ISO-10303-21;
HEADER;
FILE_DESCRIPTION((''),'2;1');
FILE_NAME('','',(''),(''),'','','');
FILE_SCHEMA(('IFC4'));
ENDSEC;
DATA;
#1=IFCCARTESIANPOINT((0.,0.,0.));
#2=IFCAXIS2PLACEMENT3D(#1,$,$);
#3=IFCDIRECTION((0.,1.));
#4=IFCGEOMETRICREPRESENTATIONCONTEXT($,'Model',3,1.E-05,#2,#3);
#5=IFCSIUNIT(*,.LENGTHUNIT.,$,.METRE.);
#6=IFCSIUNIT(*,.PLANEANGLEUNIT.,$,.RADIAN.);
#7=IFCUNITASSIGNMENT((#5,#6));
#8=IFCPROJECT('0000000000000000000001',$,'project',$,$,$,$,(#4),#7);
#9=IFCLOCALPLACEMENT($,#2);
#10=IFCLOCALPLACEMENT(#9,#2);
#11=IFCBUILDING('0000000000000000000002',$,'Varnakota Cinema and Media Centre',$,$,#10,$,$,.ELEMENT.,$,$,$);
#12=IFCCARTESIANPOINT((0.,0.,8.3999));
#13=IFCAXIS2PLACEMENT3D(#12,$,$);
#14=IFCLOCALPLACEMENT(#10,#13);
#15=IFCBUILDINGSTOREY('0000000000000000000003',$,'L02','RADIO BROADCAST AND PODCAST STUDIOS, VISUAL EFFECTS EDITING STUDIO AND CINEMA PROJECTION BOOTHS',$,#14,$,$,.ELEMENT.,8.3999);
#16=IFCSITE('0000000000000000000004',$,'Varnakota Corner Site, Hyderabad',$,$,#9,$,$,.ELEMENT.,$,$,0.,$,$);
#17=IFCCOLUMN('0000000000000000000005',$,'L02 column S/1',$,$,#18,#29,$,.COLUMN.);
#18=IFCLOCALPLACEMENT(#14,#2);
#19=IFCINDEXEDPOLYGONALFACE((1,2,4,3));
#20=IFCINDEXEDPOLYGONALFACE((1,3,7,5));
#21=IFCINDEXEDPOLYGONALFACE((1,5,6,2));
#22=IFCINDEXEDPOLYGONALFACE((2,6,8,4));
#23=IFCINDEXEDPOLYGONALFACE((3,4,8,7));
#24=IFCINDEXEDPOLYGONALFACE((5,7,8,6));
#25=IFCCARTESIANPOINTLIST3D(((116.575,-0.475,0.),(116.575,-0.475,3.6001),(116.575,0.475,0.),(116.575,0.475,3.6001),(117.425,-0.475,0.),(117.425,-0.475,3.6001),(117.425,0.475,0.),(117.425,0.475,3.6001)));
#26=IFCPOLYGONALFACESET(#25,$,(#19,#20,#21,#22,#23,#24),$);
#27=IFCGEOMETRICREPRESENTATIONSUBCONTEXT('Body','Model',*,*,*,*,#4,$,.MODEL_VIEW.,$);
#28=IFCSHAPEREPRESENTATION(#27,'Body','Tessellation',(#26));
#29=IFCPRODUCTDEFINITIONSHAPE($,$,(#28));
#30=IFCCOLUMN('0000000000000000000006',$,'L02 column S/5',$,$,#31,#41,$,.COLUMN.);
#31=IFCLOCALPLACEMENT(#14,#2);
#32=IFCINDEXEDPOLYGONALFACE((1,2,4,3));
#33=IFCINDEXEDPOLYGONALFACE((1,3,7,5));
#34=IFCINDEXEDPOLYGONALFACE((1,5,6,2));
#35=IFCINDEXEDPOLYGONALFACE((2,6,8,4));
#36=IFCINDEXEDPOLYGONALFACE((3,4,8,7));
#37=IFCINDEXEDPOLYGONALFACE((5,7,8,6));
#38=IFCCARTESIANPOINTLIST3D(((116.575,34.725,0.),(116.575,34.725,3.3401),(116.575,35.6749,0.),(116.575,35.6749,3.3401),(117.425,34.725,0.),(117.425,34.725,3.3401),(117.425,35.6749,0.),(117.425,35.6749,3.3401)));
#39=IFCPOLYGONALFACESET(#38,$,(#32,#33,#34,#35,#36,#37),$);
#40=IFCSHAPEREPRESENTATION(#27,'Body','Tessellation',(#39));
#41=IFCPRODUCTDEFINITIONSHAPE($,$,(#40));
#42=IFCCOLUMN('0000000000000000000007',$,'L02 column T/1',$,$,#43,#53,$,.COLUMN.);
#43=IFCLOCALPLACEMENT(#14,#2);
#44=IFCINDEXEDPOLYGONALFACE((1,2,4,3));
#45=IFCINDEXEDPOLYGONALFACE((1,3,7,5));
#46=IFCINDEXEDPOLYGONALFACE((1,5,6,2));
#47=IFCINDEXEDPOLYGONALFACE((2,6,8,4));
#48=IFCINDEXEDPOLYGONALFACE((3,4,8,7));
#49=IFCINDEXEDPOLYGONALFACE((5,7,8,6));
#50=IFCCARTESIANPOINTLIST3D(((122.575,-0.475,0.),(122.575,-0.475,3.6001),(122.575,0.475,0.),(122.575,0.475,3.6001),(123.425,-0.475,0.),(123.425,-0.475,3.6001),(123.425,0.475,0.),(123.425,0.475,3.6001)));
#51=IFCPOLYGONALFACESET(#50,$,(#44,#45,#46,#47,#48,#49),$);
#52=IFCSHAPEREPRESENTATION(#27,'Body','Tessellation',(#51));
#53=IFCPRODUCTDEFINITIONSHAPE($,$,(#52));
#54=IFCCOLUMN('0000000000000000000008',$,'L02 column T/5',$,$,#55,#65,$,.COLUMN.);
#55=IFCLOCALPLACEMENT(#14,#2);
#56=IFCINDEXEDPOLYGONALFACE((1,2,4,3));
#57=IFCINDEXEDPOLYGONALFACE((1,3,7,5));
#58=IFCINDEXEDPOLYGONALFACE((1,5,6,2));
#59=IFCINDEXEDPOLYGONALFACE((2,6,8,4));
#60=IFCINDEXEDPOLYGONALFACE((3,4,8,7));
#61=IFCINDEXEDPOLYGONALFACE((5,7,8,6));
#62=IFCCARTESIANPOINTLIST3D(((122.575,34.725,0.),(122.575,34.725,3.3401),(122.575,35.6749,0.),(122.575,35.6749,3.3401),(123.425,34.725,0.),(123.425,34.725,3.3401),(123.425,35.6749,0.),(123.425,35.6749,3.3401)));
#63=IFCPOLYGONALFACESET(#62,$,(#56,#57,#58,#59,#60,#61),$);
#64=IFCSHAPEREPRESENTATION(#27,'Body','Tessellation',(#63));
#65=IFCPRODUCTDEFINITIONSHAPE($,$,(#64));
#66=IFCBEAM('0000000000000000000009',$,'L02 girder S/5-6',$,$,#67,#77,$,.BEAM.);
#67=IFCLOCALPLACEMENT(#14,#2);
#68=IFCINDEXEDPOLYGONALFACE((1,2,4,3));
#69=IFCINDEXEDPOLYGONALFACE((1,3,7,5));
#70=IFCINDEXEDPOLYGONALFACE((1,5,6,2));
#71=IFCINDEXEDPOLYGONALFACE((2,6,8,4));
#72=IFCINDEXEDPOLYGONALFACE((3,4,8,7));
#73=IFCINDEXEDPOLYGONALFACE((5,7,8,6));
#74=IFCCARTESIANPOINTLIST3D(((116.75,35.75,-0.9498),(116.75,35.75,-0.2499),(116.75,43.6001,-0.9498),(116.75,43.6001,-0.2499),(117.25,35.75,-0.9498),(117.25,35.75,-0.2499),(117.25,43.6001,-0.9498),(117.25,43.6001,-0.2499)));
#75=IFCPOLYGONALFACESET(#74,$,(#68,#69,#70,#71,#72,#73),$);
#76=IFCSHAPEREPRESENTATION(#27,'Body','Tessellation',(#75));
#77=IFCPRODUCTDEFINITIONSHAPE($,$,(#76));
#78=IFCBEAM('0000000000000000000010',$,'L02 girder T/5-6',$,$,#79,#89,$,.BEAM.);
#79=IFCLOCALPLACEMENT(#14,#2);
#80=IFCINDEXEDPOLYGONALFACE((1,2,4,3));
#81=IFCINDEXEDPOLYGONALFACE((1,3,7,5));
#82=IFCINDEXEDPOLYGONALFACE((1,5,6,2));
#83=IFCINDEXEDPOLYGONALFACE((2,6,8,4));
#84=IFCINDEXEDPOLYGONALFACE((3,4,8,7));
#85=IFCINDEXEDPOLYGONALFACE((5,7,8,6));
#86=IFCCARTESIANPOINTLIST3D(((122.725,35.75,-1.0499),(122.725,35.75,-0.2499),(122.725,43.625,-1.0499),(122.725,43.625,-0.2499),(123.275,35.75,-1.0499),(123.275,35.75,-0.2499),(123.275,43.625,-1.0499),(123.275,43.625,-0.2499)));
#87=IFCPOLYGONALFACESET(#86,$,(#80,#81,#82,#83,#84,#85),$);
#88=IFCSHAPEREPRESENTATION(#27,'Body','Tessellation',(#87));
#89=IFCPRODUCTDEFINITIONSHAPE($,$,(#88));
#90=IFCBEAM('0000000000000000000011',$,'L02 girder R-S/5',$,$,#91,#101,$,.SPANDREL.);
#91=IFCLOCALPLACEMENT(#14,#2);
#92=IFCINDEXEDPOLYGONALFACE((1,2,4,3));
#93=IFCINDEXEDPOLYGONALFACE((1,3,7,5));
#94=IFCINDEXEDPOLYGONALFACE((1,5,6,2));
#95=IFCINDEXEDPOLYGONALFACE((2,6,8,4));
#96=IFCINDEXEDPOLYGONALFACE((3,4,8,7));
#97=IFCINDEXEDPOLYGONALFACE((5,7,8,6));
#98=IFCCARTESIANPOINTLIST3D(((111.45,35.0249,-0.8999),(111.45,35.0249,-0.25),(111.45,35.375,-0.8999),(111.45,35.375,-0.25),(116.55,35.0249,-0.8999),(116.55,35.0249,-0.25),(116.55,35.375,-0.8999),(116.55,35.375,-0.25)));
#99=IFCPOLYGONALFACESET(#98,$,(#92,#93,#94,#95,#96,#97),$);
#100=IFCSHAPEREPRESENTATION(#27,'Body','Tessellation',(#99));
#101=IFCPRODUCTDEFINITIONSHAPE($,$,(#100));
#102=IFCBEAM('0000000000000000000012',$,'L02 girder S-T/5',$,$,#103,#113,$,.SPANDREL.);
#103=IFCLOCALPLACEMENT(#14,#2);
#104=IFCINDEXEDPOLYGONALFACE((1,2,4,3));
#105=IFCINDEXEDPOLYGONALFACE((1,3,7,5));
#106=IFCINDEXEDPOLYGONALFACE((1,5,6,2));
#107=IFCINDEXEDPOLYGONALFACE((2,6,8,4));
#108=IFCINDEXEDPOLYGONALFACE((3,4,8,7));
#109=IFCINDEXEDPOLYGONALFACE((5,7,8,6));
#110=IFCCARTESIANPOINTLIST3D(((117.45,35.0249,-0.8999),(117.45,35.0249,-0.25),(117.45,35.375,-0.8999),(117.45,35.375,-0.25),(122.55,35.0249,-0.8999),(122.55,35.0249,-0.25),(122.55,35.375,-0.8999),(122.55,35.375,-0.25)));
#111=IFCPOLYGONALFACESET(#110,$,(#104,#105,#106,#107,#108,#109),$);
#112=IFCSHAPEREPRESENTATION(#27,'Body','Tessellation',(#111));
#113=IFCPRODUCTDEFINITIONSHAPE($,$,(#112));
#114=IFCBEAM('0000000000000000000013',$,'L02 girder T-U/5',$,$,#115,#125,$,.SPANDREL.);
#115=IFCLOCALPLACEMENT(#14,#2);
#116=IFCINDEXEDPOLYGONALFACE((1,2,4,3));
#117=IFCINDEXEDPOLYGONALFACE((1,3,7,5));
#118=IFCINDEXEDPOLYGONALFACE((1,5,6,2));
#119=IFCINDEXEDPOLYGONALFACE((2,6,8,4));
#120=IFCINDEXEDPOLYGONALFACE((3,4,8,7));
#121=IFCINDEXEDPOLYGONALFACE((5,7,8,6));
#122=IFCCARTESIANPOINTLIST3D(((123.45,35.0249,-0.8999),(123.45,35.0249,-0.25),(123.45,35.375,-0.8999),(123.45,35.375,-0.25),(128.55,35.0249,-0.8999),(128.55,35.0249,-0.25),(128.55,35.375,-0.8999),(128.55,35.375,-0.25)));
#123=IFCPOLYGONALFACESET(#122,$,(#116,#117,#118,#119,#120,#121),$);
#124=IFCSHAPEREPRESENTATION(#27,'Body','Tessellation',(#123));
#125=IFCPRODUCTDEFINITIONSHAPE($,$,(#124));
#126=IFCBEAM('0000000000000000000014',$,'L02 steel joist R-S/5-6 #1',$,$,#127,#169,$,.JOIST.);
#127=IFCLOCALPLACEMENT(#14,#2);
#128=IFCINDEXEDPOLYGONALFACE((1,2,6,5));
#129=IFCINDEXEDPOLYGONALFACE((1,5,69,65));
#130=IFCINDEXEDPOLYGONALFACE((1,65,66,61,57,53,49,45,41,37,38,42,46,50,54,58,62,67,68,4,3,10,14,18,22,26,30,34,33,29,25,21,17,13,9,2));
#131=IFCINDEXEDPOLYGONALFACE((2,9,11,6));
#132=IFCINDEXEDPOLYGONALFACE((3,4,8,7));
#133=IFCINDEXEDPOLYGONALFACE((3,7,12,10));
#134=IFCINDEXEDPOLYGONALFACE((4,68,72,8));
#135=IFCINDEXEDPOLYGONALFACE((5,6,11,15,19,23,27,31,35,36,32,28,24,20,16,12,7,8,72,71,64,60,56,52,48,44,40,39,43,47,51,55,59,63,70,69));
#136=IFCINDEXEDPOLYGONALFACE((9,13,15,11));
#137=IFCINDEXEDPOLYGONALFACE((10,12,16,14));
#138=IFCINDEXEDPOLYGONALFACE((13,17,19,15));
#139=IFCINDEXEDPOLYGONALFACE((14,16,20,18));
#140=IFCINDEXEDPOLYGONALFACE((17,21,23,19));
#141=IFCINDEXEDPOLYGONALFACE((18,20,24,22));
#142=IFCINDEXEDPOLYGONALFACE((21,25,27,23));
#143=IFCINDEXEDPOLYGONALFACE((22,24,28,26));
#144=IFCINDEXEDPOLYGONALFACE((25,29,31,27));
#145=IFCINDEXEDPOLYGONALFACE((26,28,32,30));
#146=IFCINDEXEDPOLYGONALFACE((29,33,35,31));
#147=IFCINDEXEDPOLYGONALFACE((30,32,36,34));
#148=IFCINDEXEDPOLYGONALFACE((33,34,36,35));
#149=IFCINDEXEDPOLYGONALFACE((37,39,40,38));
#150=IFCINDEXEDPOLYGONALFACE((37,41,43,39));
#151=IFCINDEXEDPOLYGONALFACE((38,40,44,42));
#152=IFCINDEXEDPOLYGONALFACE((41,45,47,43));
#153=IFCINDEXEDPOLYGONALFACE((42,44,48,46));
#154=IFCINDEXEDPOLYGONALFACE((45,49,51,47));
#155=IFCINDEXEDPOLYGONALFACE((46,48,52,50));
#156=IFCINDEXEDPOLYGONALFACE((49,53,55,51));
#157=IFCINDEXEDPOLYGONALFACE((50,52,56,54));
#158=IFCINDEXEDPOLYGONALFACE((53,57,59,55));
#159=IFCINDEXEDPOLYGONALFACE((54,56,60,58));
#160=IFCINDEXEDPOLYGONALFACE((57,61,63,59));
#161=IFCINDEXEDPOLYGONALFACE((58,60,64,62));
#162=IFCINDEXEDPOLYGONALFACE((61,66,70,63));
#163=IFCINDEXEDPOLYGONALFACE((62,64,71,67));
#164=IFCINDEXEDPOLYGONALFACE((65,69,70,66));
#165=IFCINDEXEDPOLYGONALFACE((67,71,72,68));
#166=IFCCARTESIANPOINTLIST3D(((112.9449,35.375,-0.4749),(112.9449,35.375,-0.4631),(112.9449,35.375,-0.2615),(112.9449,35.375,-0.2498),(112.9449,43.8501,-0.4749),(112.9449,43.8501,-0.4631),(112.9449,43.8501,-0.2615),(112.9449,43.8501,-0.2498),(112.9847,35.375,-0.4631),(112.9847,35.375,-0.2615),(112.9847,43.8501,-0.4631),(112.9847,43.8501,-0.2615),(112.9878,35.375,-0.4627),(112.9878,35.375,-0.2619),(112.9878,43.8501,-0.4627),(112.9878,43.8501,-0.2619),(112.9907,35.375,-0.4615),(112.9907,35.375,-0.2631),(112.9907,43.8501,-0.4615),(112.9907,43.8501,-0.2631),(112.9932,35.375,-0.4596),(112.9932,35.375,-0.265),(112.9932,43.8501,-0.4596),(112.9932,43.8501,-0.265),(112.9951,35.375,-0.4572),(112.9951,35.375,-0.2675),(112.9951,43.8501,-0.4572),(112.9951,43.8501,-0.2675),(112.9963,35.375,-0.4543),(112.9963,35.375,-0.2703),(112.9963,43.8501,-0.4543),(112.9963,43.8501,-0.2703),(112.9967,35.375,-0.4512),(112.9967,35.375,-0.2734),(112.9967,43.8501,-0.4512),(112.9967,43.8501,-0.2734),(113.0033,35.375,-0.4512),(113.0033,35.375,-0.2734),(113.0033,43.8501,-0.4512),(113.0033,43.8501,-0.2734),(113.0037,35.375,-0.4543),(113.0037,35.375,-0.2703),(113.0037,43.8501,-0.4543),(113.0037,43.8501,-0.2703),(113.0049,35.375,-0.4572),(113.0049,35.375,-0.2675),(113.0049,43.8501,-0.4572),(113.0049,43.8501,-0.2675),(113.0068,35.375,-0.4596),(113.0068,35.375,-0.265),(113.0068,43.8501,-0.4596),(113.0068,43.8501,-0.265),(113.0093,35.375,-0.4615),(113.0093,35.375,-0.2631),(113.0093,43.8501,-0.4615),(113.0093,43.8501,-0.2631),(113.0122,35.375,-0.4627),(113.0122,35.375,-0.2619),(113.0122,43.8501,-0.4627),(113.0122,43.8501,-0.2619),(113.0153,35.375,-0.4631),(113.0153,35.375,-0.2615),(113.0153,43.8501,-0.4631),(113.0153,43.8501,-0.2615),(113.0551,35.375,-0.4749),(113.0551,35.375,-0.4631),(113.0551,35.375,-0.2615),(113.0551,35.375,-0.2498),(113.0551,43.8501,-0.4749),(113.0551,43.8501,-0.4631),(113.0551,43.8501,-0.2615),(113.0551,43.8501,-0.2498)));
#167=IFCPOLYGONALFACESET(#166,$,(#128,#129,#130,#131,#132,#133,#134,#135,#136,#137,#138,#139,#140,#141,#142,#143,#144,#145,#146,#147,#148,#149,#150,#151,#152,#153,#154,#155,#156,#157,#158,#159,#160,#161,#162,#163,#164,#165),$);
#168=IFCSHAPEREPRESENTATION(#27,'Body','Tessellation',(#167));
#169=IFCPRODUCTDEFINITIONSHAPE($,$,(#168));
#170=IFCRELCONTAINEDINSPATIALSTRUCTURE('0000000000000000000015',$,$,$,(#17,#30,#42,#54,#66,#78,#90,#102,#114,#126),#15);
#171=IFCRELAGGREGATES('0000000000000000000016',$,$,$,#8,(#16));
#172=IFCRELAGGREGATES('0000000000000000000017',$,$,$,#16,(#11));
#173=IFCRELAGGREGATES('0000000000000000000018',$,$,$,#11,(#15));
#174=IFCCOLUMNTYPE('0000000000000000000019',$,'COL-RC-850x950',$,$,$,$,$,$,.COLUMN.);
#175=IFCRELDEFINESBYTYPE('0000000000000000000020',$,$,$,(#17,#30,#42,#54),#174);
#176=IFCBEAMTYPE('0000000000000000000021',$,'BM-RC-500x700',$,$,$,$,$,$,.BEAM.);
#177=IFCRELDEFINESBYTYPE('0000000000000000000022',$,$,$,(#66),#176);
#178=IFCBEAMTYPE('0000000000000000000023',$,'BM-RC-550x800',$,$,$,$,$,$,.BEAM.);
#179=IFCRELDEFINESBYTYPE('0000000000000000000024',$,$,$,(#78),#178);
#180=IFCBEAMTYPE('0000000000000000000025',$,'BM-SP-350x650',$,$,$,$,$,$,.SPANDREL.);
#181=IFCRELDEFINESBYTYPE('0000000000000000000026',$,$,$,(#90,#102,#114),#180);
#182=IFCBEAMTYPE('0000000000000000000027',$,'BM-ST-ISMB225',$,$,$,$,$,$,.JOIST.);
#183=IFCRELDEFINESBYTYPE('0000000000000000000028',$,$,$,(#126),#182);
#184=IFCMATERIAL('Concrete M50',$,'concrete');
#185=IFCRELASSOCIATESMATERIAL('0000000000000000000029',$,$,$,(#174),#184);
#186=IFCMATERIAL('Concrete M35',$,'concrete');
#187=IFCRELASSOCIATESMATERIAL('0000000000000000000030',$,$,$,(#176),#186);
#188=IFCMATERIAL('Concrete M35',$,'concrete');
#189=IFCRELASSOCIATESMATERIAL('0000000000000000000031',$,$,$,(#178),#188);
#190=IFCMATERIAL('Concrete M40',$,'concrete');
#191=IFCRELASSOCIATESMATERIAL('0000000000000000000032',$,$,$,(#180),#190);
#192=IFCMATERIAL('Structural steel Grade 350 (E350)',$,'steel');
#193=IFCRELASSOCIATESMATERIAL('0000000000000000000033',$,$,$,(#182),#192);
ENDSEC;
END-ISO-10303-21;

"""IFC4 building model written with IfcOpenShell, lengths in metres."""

from ifc_helpers import new_model, si_unit, direction, frame, origin, origin_2d, place, context, subcontext, project, spatial, rectangle, i_section, extrude, material, material_profile, profile_set, type_object, element, save


model = new_model("IFC4")

# Units and contexts
model_context = context("Model", 3, precision=1e-05, world=origin(), true_north=direction((0.0, 1.0)))
body_context = subcontext(model_context, "Body", "Model", "MODEL_VIEW")
ifc_project = project(units=[si_unit("LENGTHUNIT", "METRE"), si_unit("PLANEANGLEUNIT", "RADIAN")], contexts=[model_context])

# Site, building, storey
site_placement = place(None, origin())
site = spatial("IfcSite", under=ifc_project, at=site_placement, Name="Varnakota Corner Site, Hyderabad", CompositionType="ELEMENT", RefElevation=0.0)
building_placement = place(site_placement, origin())
building = spatial("IfcBuilding", under=site, at=building_placement, Name="Varnakota Cinema and Media Centre", CompositionType="ELEMENT")
storey_placement = place(building_placement, frame((0.0, 0.0, 8.3999)))
storey = spatial("IfcBuildingStorey", under=building, at=storey_placement, Name="L02", Description="RADIO BROADCAST AND PODCAST STUDIOS, VISUAL EFFECTS EDITING STUDIO AND CINEMA PROJECTION BOOTHS", CompositionType="ELEMENT", Elevation=8.3999)

# Columns
ifc_material_1 = material(Name="Concrete M50", Category="concrete")
ifc_material_profile_1 = material_profile(ifc_material_1, rectangle(XDim=0.8501, YDim=0.95, at=origin_2d()), Name="RC 850x950")
ifc_profile_set_1 = profile_set([ifc_material_profile_1], Name="Concrete M50")
column_type = type_object("IfcColumnType", Name="COL-RC-850x950", PredefinedType="COLUMN", material=ifc_profile_set_1)
column_1_placement = place(storey_placement, frame((117.0, 0.0, 0.0), z_axis=(0.0, 0.0, 1.0), x_axis=(1.0, 0.0, 0.0)))
element("IfcColumn", 1, at=column_1_placement, inside=storey, type_object=column_type, Name="L02 column S/1", PredefinedType="COLUMN", context=body_context, shape_type="SweptSolid", body=[
    extrude(rectangle(XDim=0.8501, YDim=0.95, at=origin_2d()), origin(), (0.0, 0.0, 1.0), 3.6001),
])
column_2_placement = place(storey_placement, frame((117.0, 35.2, 0.0), z_axis=(0.0, 0.0, 1.0), x_axis=(1.0, 0.0, 0.0)))
element("IfcColumn", 2, at=column_2_placement, inside=storey, type_object=column_type, Name="L02 column S/5", PredefinedType="COLUMN", context=body_context, shape_type="SweptSolid", body=[
    extrude(rectangle(XDim=0.8501, YDim=0.95, at=origin_2d()), origin(), (0.0, 0.0, 1.0), 3.3401),
])
column_3_placement = place(storey_placement, frame((123.0, 0.0, 0.0), z_axis=(0.0, 0.0, 1.0), x_axis=(1.0, 0.0, 0.0)))
element("IfcColumn", 3, at=column_3_placement, inside=storey, type_object=column_type, Name="L02 column T/1", PredefinedType="COLUMN", context=body_context, shape_type="SweptSolid", body=[
    extrude(rectangle(XDim=0.8501, YDim=0.95, at=origin_2d()), origin(), (0.0, 0.0, 1.0), 3.6001),
])
column_4_placement = place(storey_placement, frame((123.0, 35.2, 0.0), z_axis=(0.0, 0.0, 1.0), x_axis=(1.0, 0.0, 0.0)))
element("IfcColumn", 4, at=column_4_placement, inside=storey, type_object=column_type, Name="L02 column T/5", PredefinedType="COLUMN", context=body_context, shape_type="SweptSolid", body=[
    extrude(rectangle(XDim=0.8501, YDim=0.95, at=origin_2d()), origin(), (0.0, 0.0, 1.0), 3.3401),
])

# Beams
ifc_material_2 = material(Name="Concrete M35", Category="concrete")
ifc_material_profile_2 = material_profile(ifc_material_2, rectangle(XDim=0.5, YDim=0.7, at=origin_2d()), Name="RCB 500x700")
ifc_profile_set_2 = profile_set([ifc_material_profile_2], Name="Concrete M35")
beam_type_1 = type_object("IfcBeamType", Name="BM-RC-500x700", PredefinedType="BEAM", material=ifc_profile_set_2)
beam_1_placement = place(storey_placement, frame((117.0, 35.75, -0.5999), z_axis=(0.0, 1.0, 0.0), x_axis=(-1.0, 0.0, 0.0)))
element("IfcBeam", 5, at=beam_1_placement, inside=storey, type_object=beam_type_1, Name="L02 girder S/5-6", PredefinedType="BEAM", context=body_context, shape_type="SweptSolid", body=[
    extrude(rectangle(XDim=0.5, YDim=0.7, at=origin_2d()), origin(), (0.0, 0.0, 1.0), 7.8501),
])
ifc_material_3 = material(Name="Concrete M35", Category="concrete")
ifc_material_profile_3 = material_profile(ifc_material_3, rectangle(XDim=0.55, YDim=0.8, at=origin_2d()), Name="RCB 550x800")
ifc_profile_set_3 = profile_set([ifc_material_profile_3], Name="Concrete M35")
beam_type_2 = type_object("IfcBeamType", Name="BM-RC-550x800", PredefinedType="BEAM", material=ifc_profile_set_3)
beam_2_placement = place(storey_placement, frame((123.0, 35.75, -0.6499), z_axis=(0.0, 1.0, 0.0), x_axis=(-1.0, 0.0, 0.0)))
element("IfcBeam", 6, at=beam_2_placement, inside=storey, type_object=beam_type_2, Name="L02 girder T/5-6", PredefinedType="BEAM", context=body_context, shape_type="SweptSolid", body=[
    extrude(rectangle(XDim=0.55, YDim=0.8, at=origin_2d()), origin(), (0.0, 0.0, 1.0), 7.875),
])
ifc_material_4 = material(Name="Concrete M40", Category="concrete")
ifc_material_profile_4 = material_profile(ifc_material_4, rectangle(XDim=0.3501, YDim=0.6499, at=origin_2d()), Name="RCB 350x650")
ifc_profile_set_4 = profile_set([ifc_material_profile_4], Name="Concrete M40")
beam_type_3 = type_object("IfcBeamType", Name="BM-SP-350x650", PredefinedType="SPANDREL", material=ifc_profile_set_4)
for number, where, z_axis, x_axis, name in (
    (7, (111.45, 35.2, -0.575), (1.0, 0.0, 0.0), (0.0, 1.0, 0.0), "L02 girder R-S/5"),
    (8, (117.45, 35.2, -0.575), (1.0, 0.0, 0.0), (0.0, 1.0, 0.0), "L02 girder S-T/5"),
    (9, (123.45, 35.2, -0.575), (1.0, 0.0, 0.0), (0.0, 1.0, 0.0), "L02 girder T-U/5"),
):
    element("IfcBeam", number, at=place(storey_placement, frame(where, z_axis=z_axis, x_axis=x_axis)), inside=storey, type_object=beam_type_3, Name=name, PredefinedType="SPANDREL", context=body_context, shape_type="SweptSolid", body=[
        extrude(rectangle(XDim=0.3501, YDim=0.6499, at=origin_2d()), origin(), (0.0, 0.0, 1.0), 5.1001),
    ])
ifc_material_5 = material(Name="Structural steel Grade 350 (E350)", Category="steel")
ifc_material_profile_5 = material_profile(ifc_material_5, i_section(OverallWidth=0.1101, OverallDepth=0.2251, WebThickness=0.0066, FlangeThickness=0.0117, FilletRadius=0.012, at=origin_2d()), Name="ISMB 225")
ifc_profile_set_5 = profile_set([ifc_material_profile_5], Name="Structural steel Grade 350 (E350)")
beam_type_4 = type_object("IfcBeamType", Name="BM-ST-ISMB225", PredefinedType="JOIST", material=ifc_profile_set_5)
for number, where, z_axis, x_axis, name in (
    (10, (113.0, 35.375, -0.3623), (0.0, 1.0, 0.0), (-1.0, 0.0, 0.0), "L02 steel joist R-S/5-6 #1"),
):
    element("IfcBeam", number, at=place(storey_placement, frame(where, z_axis=z_axis, x_axis=x_axis)), inside=storey, type_object=beam_type_4, Name=name, PredefinedType="JOIST", context=body_context, shape_type="SweptSolid", body=[
        extrude(i_section(OverallWidth=0.1101, OverallDepth=0.2251, WebThickness=0.0066, FlangeThickness=0.0117, FilletRadius=0.012, at=origin_2d()), origin(), (0.0, 0.0, 1.0), 8.4751),
    ])

save(model, "model.ifc")
